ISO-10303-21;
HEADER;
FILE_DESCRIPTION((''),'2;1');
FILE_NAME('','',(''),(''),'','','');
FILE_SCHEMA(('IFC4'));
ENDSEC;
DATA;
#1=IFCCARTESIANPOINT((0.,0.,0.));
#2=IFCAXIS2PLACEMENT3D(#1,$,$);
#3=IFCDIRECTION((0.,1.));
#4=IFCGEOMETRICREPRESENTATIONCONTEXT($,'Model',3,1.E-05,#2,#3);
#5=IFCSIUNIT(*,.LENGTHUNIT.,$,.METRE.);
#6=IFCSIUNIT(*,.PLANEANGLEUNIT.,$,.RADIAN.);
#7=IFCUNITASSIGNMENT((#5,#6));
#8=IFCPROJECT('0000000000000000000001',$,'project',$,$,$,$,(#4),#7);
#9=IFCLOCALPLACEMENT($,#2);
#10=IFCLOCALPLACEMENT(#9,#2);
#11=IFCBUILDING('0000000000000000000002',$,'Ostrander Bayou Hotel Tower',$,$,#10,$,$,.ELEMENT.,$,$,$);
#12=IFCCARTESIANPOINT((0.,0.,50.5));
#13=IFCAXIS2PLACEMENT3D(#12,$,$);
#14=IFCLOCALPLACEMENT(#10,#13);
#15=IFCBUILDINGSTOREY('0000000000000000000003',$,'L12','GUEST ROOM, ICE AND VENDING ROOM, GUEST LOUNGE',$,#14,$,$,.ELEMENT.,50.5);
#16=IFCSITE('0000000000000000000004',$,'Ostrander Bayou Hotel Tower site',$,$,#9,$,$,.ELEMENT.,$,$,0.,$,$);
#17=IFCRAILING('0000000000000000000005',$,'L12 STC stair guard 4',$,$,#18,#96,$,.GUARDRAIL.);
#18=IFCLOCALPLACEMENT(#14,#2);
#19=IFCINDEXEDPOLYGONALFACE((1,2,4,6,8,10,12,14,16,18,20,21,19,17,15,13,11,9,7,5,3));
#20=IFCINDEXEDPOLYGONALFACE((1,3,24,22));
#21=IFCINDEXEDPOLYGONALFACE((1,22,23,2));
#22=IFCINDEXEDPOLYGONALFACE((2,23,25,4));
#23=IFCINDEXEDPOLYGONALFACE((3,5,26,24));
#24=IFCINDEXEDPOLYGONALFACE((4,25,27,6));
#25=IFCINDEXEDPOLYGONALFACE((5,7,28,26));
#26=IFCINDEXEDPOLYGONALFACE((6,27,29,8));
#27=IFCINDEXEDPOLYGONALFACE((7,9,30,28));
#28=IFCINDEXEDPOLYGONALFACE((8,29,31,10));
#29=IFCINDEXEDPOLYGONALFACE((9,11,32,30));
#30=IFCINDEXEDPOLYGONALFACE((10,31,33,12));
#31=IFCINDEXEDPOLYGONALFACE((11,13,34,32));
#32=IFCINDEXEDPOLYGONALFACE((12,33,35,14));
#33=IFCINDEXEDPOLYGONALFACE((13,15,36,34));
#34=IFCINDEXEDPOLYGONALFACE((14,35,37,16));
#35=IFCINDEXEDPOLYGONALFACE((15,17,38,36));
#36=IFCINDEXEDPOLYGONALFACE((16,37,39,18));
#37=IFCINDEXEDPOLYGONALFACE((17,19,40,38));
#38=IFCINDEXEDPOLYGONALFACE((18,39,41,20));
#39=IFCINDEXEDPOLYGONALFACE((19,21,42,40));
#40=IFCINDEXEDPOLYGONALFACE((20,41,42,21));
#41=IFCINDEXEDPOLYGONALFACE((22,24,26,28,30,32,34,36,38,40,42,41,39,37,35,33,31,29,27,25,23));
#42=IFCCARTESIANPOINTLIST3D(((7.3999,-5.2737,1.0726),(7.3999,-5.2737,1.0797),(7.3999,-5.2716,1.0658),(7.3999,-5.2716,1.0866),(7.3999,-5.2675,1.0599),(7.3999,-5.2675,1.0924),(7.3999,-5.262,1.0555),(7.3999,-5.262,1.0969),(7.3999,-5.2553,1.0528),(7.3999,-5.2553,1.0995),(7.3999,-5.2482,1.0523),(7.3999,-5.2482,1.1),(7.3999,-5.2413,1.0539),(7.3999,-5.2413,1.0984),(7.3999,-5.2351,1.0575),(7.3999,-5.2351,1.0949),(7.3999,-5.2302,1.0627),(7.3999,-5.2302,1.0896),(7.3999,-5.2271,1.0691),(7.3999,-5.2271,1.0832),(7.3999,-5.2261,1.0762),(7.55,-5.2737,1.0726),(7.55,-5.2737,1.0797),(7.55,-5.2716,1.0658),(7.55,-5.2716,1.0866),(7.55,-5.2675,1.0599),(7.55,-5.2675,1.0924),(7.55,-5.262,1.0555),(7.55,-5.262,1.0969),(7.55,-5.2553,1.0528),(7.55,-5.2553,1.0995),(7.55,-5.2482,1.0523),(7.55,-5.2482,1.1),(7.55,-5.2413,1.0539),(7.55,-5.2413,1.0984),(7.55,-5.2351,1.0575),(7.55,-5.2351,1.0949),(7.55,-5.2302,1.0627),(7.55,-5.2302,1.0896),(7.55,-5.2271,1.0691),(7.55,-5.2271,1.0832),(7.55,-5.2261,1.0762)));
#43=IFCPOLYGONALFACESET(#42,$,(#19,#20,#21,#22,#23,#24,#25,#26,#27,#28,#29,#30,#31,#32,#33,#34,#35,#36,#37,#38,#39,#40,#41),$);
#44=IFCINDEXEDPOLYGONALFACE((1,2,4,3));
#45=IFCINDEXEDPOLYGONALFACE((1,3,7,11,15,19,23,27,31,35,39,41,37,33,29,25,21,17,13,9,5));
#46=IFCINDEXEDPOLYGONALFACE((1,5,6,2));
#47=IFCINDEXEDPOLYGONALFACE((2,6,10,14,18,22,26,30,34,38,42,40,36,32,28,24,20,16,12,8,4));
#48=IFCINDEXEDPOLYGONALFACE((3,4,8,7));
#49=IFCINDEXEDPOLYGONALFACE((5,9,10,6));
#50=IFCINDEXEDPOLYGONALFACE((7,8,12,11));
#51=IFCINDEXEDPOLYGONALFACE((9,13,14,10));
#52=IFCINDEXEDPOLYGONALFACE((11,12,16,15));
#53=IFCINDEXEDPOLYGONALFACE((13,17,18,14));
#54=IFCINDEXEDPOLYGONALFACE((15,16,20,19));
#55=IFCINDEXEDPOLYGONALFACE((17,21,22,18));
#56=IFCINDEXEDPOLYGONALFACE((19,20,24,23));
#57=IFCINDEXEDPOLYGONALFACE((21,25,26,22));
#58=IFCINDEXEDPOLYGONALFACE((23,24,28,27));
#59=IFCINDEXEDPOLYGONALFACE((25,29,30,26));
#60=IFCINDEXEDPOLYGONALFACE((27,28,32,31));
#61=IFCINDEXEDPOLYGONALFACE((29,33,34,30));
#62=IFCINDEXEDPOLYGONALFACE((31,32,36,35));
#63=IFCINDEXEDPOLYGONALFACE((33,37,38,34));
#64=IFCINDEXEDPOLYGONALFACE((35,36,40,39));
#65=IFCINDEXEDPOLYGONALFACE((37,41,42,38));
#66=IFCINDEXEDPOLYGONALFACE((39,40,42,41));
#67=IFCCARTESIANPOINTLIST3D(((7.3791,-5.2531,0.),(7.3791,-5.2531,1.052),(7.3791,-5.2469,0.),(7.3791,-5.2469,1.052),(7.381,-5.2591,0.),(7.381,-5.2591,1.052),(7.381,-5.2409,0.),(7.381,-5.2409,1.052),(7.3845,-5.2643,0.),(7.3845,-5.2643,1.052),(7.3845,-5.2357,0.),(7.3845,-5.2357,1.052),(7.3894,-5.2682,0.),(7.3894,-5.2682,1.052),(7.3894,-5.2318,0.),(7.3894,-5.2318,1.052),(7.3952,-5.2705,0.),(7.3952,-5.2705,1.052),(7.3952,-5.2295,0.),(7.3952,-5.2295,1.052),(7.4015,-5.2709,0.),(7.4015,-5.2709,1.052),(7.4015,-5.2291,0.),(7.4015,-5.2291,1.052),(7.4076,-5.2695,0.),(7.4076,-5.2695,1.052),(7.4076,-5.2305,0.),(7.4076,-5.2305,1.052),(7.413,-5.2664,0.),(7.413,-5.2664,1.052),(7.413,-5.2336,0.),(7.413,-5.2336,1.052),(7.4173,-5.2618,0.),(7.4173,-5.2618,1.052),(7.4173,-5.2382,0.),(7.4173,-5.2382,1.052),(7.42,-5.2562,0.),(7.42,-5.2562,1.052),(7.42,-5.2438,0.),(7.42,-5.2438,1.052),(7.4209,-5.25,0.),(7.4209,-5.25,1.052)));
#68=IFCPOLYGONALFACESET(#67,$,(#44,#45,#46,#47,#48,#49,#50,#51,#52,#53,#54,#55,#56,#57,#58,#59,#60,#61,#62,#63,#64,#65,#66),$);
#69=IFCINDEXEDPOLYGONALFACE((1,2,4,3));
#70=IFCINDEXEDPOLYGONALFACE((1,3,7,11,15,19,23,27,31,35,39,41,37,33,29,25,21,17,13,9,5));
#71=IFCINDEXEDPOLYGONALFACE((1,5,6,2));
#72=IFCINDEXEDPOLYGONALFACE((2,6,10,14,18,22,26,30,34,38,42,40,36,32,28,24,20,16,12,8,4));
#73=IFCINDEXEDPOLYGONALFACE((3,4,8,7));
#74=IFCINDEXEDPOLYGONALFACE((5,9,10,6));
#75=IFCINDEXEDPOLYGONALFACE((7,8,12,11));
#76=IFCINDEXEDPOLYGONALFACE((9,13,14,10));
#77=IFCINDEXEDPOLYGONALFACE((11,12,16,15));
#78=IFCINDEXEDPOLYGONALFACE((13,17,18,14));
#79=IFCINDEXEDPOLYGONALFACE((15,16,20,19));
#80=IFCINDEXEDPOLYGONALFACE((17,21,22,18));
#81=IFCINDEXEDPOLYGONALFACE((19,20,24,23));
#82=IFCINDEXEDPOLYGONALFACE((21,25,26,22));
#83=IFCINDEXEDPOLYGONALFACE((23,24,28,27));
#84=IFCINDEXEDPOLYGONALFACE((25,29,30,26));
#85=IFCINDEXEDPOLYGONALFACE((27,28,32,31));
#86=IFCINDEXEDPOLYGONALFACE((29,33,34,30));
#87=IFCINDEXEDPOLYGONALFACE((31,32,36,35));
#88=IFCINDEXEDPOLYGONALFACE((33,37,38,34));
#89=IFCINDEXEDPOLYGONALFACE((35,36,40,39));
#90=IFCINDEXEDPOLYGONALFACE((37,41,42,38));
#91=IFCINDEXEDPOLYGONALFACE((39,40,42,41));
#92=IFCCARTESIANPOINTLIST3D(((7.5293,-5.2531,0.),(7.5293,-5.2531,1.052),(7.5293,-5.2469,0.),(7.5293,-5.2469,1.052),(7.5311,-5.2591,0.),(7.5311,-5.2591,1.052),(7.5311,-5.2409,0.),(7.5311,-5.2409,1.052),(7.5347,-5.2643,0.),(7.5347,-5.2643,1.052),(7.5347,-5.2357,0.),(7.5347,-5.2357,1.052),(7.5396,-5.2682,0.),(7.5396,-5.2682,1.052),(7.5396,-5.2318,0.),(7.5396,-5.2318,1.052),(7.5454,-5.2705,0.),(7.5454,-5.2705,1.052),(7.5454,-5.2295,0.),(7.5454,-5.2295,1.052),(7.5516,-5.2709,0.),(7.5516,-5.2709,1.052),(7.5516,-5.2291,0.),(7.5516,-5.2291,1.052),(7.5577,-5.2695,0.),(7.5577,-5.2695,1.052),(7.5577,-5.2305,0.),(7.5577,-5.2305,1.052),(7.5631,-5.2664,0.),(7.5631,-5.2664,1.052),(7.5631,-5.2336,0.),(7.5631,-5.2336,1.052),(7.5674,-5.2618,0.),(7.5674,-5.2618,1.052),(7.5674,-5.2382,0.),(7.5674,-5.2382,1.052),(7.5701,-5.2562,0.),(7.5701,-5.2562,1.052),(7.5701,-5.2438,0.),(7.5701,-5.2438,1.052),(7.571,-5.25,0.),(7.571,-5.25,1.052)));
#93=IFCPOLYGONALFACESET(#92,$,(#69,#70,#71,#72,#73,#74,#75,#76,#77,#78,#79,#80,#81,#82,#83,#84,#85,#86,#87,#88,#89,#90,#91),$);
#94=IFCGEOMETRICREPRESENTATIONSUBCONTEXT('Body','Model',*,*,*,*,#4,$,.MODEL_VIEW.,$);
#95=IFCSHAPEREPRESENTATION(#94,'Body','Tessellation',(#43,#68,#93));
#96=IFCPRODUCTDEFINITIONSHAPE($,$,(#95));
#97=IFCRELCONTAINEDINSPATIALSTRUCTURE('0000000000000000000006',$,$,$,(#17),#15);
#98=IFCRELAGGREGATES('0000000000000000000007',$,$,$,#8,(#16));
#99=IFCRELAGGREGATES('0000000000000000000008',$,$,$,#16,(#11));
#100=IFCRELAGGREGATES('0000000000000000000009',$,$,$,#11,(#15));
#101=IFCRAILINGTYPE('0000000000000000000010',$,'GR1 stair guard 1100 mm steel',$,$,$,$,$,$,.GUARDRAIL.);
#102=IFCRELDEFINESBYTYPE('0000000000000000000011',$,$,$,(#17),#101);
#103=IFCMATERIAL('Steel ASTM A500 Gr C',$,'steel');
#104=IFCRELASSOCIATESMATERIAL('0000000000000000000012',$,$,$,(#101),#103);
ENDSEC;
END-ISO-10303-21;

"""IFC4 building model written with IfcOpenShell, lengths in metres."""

from ifc_helpers import new_model, si_unit, direction, frame, origin, origin_2d, place, context, subcontext, project, spatial, circle, extrude, material, type_object, element, save


model = new_model("IFC4")

# Units and contexts
model_context = context("Model", 3, precision=1e-05, world=origin(), true_north=direction((0.0, 1.0)))
body_context = subcontext(model_context, "Body", "Model", "MODEL_VIEW")
ifc_project = project(units=[si_unit("LENGTHUNIT", "METRE"), si_unit("PLANEANGLEUNIT", "RADIAN")], contexts=[model_context])

# Site, building, storey
site_placement = place(None, origin())
site = spatial("IfcSite", under=ifc_project, at=site_placement, Name="Ostrander Bayou Hotel Tower site", CompositionType="ELEMENT", RefElevation=0.0)
building_placement = place(site_placement, origin())
building = spatial("IfcBuilding", under=site, at=building_placement, Name="Ostrander Bayou Hotel Tower", CompositionType="ELEMENT")
storey_placement = place(building_placement, frame((0.0, 0.0, 50.5)))
storey = spatial("IfcBuildingStorey", under=building, at=storey_placement, Name="L12", Description="GUEST ROOM, ICE AND VENDING ROOM, GUEST LOUNGE", CompositionType="ELEMENT", Elevation=50.5)

# Railing
ifc_material_1 = material(Name="Steel ASTM A500 Gr C", Category="steel")
railing_type_1 = type_object("IfcRailingType", Name="GR1 stair guard 1100 mm steel", PredefinedType="GUARDRAIL", material=ifc_material_1)
railing_1_placement = place(storey_placement, frame((7.3999, -5.25, 0.0)))
element("IfcRailing", 1, at=railing_1_placement, inside=storey, type_object=railing_type_1, Name="L12 STC stair guard 4", PredefinedType="GUARDRAIL", context=body_context, shape_type="SweptSolid", body=[
    extrude(circle(Radius=0.0239, at=origin_2d()), frame((0.0, 0.0, 1.0762), z_axis=(1.0, 0.0, 0.0), x_axis=(0.0, 1.0, 0.0)), (0.0, 0.0, 1.0), 0.1501),
    extrude(circle(Radius=0.021, at=origin_2d()), origin(), (0.0, 0.0, 1.0), 1.052),
    extrude(circle(Radius=0.021, at=origin_2d()), frame((0.1501, 0.0, 0.0)), (0.0, 0.0, 1.0), 1.052),
])

save(model, "model.ifc")
